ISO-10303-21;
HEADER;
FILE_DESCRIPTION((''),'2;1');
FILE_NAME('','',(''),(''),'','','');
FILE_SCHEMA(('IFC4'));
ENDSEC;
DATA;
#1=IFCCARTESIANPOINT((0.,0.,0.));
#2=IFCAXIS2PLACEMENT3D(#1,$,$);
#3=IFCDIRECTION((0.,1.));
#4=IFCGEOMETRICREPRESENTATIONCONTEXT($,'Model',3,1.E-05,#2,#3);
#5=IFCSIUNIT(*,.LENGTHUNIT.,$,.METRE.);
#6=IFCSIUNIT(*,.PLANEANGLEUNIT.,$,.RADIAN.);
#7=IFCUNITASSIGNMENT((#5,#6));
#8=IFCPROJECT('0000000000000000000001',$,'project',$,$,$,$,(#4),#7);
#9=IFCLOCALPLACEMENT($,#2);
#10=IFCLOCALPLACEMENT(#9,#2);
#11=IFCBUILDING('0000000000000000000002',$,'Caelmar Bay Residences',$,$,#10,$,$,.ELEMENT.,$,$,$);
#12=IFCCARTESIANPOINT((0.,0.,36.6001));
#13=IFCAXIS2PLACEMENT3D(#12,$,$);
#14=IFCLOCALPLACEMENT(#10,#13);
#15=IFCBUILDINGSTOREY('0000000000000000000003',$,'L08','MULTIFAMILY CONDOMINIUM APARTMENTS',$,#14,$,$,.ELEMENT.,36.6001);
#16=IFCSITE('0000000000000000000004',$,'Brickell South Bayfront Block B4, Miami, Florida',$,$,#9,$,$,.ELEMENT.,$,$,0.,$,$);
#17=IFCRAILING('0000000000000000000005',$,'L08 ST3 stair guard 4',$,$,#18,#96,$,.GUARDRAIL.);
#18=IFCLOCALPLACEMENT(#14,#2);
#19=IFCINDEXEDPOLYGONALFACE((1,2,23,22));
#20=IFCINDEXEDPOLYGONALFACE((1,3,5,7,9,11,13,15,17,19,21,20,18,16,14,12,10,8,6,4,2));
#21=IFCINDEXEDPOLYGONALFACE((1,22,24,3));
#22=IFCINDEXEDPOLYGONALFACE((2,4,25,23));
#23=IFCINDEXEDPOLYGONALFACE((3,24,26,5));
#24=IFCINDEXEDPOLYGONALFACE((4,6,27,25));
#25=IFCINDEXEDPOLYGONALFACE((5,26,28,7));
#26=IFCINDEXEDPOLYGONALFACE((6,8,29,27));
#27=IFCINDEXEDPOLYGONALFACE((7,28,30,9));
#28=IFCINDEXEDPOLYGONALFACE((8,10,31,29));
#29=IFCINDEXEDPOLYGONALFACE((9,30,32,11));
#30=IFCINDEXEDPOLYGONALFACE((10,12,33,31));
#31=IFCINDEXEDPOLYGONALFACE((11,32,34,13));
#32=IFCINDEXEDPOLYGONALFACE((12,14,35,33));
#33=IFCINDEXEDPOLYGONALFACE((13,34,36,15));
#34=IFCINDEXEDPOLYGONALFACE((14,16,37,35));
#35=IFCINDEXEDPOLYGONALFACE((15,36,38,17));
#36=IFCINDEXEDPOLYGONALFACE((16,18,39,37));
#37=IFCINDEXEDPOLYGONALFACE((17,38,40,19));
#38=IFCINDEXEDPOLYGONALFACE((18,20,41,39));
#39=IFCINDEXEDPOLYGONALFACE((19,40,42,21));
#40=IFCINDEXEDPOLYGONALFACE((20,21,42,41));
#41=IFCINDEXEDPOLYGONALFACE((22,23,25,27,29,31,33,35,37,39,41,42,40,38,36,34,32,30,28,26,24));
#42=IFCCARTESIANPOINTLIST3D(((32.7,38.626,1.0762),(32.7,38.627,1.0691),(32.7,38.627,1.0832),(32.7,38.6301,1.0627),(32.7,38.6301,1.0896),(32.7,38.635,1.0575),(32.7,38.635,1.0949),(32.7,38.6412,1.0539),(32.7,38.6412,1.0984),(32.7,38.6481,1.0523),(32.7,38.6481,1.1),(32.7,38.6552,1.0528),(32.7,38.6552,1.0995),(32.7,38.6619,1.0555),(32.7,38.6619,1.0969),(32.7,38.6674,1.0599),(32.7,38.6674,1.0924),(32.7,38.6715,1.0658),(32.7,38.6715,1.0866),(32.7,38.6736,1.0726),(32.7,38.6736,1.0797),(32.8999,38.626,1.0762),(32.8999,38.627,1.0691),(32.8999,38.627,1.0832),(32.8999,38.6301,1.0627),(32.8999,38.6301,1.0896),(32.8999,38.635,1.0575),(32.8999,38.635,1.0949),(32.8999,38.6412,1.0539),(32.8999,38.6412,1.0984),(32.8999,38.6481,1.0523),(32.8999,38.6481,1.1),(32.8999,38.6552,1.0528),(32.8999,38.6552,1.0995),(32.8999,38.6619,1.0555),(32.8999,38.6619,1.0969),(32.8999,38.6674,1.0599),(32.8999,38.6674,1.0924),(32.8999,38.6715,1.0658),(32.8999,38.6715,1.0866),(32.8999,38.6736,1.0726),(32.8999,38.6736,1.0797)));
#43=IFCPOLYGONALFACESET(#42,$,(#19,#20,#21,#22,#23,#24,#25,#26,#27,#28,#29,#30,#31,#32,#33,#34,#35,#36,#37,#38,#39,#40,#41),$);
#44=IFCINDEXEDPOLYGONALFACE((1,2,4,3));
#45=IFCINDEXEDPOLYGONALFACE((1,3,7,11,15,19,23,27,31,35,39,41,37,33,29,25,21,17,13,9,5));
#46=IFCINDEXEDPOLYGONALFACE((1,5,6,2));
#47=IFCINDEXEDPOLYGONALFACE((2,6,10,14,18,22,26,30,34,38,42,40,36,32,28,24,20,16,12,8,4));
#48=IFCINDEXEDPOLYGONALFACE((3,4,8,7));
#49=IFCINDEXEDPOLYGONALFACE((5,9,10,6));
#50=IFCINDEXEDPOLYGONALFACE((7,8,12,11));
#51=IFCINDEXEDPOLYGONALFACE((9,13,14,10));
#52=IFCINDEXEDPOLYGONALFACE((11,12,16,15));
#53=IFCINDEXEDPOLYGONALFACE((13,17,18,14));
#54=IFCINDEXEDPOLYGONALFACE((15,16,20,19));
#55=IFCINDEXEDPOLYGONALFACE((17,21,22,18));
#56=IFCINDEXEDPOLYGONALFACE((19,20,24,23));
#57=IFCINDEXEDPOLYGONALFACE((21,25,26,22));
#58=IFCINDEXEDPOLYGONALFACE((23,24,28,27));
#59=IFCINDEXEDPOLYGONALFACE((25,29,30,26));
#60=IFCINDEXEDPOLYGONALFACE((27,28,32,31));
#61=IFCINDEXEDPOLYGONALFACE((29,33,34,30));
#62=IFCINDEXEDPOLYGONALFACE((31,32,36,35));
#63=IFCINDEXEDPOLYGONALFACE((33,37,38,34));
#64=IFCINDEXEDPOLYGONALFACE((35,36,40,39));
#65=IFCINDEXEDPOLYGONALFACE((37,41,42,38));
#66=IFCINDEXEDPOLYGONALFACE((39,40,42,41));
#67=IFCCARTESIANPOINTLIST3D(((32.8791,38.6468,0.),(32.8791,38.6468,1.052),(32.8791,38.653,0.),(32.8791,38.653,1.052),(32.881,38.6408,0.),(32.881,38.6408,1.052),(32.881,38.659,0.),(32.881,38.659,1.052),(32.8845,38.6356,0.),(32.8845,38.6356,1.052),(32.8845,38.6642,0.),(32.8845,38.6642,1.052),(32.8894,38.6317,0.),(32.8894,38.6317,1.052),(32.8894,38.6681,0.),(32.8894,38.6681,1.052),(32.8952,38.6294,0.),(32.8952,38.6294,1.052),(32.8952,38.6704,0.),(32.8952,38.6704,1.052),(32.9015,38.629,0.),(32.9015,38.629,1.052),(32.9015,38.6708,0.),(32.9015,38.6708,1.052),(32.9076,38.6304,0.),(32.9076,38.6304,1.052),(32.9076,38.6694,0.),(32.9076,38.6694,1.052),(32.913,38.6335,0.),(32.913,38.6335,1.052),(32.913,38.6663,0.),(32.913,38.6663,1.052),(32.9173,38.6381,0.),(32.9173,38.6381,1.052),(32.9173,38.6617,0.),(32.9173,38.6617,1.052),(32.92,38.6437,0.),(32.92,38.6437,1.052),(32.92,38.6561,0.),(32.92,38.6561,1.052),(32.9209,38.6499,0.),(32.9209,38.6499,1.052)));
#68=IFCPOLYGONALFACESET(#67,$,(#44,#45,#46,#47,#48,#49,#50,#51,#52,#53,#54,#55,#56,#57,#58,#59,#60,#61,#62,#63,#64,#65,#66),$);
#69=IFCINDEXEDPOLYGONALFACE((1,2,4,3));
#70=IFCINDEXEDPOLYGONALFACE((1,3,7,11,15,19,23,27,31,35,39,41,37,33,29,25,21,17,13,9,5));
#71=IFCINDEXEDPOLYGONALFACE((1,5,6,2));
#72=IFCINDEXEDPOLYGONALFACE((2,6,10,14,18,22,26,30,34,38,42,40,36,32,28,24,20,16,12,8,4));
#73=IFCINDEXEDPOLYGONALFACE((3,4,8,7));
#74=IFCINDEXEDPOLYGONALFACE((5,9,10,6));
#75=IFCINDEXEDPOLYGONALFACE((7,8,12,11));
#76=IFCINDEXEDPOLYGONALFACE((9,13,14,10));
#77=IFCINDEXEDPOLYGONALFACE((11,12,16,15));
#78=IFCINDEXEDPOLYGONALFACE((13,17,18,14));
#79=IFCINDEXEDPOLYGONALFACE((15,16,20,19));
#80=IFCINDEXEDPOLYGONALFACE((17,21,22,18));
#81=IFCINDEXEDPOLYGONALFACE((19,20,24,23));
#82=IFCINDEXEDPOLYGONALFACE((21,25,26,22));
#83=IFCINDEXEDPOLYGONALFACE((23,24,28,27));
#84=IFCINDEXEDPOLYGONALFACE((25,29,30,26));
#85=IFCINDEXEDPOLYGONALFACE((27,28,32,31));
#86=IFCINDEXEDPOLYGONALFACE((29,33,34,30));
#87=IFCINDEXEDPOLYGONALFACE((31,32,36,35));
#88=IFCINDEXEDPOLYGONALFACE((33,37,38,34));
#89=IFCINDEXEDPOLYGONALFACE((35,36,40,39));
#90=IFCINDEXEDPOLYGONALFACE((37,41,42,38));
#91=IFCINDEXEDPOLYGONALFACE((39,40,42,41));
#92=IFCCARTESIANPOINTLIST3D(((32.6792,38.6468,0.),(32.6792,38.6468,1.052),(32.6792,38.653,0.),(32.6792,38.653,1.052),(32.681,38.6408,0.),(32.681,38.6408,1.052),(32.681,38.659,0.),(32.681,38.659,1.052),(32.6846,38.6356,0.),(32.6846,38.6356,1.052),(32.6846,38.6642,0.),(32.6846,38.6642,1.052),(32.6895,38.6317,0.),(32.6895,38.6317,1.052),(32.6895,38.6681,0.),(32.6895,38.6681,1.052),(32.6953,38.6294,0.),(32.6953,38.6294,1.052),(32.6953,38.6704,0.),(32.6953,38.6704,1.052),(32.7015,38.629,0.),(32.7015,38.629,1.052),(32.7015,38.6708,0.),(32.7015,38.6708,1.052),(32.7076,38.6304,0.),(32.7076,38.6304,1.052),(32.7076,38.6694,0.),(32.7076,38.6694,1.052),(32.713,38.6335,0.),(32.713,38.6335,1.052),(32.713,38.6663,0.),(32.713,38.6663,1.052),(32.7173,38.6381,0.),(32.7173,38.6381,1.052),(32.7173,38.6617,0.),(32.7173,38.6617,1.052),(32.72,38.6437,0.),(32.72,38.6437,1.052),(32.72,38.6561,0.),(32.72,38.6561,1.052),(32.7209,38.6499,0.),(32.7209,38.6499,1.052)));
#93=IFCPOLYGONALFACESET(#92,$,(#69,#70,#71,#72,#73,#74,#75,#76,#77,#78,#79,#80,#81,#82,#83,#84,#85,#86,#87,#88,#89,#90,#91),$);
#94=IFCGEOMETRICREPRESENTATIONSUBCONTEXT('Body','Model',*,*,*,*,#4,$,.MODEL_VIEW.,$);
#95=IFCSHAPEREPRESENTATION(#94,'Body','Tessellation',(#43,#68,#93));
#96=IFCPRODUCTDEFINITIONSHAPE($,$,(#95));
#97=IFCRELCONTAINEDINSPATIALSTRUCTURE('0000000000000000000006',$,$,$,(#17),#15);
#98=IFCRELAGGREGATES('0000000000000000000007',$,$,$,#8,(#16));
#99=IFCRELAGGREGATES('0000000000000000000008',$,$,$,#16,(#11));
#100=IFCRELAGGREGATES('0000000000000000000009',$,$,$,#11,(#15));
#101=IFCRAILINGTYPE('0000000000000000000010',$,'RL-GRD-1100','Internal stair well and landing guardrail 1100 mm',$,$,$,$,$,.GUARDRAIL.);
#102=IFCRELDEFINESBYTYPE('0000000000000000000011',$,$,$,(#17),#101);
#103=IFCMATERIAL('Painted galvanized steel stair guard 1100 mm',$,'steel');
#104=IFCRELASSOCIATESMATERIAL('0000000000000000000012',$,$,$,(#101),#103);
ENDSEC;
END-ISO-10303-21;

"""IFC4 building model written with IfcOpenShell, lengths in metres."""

from ifc_helpers import new_model, si_unit, direction, frame, origin, origin_2d, place, context, subcontext, project, spatial, circle, extrude, material, type_object, element, save


model = new_model("IFC4")

# Units and contexts
model_context = context("Model", 3, precision=1e-05, world=origin(), true_north=direction((0.0, 1.0)))
body_context = subcontext(model_context, "Body", "Model", "MODEL_VIEW")
ifc_project = project(units=[si_unit("LENGTHUNIT", "METRE"), si_unit("PLANEANGLEUNIT", "RADIAN")], contexts=[model_context])

# Site, building, storey
site_placement = place(None, origin())
site = spatial("IfcSite", under=ifc_project, at=site_placement, Name="Brickell South Bayfront Block B4, Miami, Florida", CompositionType="ELEMENT", RefElevation=0.0)
building_placement = place(site_placement, origin())
building = spatial("IfcBuilding", under=site, at=building_placement, Name="Caelmar Bay Residences", CompositionType="ELEMENT")
storey_placement = place(building_placement, frame((0.0, 0.0, 36.6001)))
storey = spatial("IfcBuildingStorey", under=building, at=storey_placement, Name="L08", Description="MULTIFAMILY CONDOMINIUM APARTMENTS", CompositionType="ELEMENT", Elevation=36.6001)

# Railing
ifc_material_1 = material(Name="Painted galvanized steel stair guard 1100 mm", Category="steel")
railing_type_1 = type_object("IfcRailingType", Name="RL-GRD-1100", Description="Internal stair well and landing guardrail 1100 mm", PredefinedType="GUARDRAIL", material=ifc_material_1)
railing_1_placement = place(storey_placement, frame((32.8999, 38.6499, 0.0)))
element("IfcRailing", 1, at=railing_1_placement, inside=storey, type_object=railing_type_1, Name="L08 ST3 stair guard 4", PredefinedType="GUARDRAIL", context=body_context, shape_type="SweptSolid", body=[
    extrude(circle(Radius=0.0239, at=origin_2d()), frame((0.0, 0.0, 1.0762), z_axis=(-1.0, 0.0, 0.0), x_axis=(0.0, -1.0, 0.0)), (0.0, 0.0, 1.0), 0.2),
    extrude(circle(Radius=0.021, at=origin_2d()), origin(), (0.0, 0.0, 1.0), 1.052),
    extrude(circle(Radius=0.021, at=origin_2d()), frame((-0.2, 0.0, 0.0)), (0.0, 0.0, 1.0), 1.052),
])

save(model, "model.ifc")
